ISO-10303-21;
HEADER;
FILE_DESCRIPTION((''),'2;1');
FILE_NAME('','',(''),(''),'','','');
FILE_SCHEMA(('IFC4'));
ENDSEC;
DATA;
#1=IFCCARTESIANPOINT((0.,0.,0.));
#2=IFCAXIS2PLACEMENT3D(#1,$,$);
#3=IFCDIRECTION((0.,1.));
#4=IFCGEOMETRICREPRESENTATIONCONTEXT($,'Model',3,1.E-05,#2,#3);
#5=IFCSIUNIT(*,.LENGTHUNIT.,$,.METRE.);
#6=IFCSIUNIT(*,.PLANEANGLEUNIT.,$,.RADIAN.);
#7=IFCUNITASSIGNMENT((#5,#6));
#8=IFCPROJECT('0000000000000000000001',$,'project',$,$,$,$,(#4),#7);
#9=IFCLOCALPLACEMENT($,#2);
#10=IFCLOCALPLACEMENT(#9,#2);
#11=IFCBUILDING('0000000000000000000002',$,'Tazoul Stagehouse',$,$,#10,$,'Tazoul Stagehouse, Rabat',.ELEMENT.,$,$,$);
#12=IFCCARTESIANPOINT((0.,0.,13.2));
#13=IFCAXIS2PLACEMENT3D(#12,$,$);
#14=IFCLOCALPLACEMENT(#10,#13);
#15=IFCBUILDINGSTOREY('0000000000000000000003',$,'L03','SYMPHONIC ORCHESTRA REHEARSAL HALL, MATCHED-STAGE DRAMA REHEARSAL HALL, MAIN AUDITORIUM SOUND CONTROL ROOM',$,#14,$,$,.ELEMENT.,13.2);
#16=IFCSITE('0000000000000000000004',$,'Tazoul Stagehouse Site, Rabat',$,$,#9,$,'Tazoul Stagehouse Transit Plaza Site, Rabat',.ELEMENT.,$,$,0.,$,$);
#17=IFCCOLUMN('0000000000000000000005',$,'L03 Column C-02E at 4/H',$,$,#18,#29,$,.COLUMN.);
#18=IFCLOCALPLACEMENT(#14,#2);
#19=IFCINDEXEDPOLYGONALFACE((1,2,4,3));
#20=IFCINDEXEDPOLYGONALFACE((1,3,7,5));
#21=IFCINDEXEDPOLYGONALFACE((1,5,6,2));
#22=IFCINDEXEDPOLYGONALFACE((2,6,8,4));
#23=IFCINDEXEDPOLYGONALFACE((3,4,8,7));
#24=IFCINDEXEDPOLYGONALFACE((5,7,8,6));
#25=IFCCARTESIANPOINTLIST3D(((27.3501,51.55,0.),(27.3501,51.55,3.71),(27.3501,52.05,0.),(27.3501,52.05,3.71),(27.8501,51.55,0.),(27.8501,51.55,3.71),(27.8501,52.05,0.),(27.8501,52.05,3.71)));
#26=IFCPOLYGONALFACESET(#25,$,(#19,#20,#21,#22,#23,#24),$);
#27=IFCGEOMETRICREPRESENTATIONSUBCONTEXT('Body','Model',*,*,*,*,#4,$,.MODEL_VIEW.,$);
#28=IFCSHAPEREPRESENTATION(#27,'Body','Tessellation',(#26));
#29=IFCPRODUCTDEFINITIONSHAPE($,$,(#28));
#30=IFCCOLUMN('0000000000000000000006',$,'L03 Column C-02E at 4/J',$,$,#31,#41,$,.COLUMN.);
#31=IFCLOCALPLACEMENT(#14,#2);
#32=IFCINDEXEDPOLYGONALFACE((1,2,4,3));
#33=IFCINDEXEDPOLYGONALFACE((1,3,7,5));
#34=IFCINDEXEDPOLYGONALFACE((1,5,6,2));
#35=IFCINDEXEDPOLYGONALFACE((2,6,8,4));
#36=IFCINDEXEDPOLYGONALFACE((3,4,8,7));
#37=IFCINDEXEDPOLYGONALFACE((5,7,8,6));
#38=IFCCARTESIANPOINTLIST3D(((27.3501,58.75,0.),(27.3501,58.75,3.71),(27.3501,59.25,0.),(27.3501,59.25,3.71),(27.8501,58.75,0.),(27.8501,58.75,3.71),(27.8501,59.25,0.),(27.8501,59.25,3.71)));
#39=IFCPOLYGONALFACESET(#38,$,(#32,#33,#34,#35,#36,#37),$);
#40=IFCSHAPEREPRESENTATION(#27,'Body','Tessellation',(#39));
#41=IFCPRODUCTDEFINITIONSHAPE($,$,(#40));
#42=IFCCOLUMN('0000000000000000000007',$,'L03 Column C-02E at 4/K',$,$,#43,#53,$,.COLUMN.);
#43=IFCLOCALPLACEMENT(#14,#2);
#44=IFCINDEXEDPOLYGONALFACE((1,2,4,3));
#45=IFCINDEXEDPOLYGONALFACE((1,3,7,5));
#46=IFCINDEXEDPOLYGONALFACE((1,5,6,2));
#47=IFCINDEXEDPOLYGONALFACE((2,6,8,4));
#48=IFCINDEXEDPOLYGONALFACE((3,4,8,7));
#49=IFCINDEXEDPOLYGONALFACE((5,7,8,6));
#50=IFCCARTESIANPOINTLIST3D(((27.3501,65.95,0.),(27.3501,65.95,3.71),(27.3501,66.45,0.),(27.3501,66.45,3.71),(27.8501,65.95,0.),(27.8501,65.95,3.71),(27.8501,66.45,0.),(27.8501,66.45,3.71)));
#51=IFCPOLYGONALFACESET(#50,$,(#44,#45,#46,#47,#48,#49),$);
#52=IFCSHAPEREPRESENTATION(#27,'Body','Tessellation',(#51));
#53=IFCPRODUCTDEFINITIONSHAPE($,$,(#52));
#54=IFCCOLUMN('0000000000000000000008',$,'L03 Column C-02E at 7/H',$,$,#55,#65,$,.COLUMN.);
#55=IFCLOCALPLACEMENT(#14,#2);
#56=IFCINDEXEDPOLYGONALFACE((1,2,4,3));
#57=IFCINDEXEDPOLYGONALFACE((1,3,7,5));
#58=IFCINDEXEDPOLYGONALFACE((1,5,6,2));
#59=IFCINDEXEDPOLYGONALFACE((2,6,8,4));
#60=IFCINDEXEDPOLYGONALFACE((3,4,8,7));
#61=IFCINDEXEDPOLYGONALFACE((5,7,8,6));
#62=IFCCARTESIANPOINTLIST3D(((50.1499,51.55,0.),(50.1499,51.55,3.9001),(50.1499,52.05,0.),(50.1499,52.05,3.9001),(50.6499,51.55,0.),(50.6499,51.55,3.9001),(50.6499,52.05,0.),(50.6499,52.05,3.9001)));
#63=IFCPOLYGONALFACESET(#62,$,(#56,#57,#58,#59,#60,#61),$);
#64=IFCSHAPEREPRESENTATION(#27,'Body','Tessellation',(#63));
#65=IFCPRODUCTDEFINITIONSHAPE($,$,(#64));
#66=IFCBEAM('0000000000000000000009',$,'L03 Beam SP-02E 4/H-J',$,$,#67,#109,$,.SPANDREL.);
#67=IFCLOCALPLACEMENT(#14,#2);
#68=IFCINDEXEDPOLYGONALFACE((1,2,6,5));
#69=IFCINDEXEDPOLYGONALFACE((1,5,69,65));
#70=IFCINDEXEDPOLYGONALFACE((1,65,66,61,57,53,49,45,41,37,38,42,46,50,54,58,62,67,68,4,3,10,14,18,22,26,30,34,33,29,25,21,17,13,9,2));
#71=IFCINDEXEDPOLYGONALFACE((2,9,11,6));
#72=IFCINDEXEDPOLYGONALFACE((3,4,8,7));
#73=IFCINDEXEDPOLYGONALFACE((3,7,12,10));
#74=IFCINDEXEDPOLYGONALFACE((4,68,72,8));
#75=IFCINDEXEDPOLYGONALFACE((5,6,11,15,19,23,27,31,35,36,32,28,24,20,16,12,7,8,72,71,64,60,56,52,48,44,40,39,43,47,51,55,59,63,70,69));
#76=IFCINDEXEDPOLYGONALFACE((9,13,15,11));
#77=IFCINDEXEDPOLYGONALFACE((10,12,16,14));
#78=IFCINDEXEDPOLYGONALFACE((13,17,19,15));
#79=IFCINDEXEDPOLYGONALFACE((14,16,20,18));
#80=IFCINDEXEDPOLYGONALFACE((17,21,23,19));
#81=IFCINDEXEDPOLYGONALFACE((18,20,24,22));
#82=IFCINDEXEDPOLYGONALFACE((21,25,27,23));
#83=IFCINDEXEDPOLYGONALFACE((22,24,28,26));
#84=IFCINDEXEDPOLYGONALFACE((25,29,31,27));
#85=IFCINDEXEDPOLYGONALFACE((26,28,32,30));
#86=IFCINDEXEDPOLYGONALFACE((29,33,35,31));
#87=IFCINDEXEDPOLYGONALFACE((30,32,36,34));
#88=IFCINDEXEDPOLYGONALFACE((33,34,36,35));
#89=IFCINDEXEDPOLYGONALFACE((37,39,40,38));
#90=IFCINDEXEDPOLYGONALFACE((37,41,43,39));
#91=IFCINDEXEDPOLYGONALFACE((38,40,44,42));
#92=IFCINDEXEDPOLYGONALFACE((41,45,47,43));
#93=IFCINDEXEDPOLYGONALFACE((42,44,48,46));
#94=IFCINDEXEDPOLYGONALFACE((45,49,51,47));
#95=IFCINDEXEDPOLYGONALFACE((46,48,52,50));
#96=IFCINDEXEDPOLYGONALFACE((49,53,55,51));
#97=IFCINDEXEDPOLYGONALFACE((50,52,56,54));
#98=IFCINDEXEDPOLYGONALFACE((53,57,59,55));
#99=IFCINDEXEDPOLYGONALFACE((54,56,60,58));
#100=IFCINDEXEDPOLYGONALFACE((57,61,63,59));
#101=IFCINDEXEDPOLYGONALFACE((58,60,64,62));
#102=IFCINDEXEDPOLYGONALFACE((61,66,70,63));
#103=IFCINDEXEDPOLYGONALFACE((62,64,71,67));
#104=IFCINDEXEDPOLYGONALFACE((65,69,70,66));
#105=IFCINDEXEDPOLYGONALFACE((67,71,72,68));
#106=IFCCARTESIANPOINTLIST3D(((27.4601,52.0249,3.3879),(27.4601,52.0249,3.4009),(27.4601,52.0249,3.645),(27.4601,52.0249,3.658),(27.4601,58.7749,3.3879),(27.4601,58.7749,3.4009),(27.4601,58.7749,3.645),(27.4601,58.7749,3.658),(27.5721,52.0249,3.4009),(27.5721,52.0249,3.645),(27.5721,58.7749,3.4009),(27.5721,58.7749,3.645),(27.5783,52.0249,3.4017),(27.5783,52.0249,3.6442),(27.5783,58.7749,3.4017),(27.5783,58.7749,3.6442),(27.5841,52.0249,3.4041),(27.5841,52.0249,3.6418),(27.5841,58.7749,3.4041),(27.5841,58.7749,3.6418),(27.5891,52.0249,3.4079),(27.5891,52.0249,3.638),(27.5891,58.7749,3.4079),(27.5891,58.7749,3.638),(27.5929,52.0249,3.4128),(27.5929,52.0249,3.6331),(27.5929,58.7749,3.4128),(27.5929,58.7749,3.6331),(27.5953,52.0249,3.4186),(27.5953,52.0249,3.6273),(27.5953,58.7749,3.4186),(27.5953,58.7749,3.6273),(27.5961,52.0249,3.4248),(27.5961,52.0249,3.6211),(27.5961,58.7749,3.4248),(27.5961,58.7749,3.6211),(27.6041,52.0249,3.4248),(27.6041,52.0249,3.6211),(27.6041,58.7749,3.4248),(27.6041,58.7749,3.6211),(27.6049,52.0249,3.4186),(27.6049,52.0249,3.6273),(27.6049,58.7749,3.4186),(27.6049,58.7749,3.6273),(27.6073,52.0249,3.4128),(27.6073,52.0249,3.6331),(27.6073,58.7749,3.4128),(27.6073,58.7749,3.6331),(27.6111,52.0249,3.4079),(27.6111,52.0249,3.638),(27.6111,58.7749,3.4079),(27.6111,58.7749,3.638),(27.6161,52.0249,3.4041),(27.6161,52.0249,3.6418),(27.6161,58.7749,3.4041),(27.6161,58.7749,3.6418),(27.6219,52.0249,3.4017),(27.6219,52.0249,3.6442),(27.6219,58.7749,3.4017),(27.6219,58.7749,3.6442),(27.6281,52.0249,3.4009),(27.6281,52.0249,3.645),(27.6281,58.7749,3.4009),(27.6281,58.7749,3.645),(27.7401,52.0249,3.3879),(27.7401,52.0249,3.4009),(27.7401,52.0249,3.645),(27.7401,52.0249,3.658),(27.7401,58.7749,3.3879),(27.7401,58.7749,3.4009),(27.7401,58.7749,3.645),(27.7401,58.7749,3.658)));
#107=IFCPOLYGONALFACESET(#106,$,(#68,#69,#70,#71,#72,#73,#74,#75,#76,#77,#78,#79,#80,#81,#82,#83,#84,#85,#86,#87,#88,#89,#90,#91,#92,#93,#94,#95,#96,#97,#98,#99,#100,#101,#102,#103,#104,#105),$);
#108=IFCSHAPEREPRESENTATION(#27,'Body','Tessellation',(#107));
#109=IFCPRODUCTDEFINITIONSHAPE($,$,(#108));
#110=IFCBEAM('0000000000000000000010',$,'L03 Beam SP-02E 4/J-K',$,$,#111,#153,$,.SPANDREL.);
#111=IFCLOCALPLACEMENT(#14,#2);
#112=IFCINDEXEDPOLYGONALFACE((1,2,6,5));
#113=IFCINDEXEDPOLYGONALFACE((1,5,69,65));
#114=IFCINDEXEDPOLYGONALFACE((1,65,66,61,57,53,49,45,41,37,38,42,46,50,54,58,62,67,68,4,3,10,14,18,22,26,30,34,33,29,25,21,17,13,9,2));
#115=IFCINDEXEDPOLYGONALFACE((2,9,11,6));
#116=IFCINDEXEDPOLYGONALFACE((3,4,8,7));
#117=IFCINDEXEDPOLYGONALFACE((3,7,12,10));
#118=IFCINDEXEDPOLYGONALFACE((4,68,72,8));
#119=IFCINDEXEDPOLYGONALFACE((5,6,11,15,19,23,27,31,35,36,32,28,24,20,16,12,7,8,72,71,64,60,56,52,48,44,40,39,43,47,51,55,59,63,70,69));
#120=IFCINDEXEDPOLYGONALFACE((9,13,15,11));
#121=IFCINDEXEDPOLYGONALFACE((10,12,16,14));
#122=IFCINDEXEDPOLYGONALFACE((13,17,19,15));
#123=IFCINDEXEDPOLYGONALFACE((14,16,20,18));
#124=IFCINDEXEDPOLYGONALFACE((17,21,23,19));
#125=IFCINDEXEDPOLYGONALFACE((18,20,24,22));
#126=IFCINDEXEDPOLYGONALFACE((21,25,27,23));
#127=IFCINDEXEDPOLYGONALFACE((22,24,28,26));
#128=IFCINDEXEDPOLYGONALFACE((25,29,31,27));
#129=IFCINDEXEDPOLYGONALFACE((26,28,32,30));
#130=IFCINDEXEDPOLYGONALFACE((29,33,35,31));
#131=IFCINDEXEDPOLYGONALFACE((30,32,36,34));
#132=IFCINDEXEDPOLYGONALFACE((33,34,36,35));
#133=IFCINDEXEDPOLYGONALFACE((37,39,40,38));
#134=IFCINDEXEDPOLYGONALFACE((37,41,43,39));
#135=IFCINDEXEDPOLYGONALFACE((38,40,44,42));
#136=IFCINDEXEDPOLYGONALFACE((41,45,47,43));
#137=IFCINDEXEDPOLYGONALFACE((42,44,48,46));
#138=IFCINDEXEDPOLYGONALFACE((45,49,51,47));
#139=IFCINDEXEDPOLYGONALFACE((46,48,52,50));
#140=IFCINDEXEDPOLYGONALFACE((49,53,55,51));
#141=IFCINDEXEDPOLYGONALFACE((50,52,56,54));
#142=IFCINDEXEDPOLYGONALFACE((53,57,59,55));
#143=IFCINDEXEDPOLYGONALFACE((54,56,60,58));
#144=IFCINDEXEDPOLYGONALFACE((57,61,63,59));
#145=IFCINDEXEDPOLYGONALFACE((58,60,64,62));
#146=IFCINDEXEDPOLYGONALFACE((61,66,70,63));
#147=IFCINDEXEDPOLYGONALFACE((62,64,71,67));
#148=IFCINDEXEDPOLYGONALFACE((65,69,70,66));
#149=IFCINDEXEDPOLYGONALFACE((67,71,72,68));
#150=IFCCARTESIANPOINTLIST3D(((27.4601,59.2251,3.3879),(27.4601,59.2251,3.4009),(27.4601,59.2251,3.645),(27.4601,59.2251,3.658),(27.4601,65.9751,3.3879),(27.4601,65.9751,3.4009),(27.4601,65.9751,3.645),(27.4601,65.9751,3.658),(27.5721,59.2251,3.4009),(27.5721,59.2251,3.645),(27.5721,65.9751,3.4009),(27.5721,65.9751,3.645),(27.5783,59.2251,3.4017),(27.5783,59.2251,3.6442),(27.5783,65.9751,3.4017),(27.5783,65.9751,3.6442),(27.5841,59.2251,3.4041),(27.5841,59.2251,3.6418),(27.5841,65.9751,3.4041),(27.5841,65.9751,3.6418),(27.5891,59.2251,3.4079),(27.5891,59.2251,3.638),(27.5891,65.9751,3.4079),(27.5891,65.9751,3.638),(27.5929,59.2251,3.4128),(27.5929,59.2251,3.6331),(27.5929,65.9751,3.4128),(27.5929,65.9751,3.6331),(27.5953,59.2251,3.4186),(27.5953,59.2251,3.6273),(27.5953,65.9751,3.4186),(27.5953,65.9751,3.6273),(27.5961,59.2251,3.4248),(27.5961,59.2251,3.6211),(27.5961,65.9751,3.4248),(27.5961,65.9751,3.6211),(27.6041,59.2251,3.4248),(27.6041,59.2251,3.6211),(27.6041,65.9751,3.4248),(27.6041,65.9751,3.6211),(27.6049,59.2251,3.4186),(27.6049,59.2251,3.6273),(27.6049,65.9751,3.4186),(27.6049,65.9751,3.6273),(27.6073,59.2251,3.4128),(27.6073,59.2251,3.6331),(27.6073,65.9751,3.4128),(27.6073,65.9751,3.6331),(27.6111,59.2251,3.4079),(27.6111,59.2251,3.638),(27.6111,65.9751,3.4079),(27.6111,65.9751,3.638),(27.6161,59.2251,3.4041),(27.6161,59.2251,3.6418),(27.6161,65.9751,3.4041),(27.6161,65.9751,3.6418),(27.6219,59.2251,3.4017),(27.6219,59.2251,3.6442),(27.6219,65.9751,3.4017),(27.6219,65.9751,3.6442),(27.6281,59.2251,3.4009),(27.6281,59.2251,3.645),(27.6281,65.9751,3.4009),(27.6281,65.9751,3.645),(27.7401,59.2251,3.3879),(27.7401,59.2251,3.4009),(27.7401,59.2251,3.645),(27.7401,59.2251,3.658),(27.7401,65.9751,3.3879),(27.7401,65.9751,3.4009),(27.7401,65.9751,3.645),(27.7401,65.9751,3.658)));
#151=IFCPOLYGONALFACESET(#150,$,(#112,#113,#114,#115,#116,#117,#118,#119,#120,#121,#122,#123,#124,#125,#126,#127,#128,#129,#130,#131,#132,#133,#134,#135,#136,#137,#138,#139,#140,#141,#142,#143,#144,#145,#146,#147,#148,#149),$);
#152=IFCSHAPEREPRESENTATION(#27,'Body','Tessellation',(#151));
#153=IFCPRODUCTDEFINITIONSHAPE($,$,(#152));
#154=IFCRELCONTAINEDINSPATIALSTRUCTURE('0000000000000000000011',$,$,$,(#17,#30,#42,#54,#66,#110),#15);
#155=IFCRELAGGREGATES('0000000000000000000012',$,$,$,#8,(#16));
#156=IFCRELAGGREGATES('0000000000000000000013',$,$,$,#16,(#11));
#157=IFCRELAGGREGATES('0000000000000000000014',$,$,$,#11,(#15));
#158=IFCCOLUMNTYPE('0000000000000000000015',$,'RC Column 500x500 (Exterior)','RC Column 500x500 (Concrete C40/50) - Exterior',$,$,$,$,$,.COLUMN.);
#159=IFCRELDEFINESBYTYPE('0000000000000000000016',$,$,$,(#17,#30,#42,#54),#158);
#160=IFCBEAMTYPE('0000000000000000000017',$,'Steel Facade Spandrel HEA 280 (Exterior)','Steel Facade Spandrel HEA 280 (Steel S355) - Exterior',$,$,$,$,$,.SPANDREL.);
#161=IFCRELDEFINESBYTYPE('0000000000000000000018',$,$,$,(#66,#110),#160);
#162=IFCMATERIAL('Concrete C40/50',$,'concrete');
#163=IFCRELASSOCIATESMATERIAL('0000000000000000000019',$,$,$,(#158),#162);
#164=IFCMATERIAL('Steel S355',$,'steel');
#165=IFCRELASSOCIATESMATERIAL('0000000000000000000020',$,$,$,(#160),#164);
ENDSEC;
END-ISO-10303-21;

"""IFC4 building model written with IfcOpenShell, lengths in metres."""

from ifc_helpers import new_model, si_unit, direction, frame, origin, origin_2d, place, context, subcontext, project, spatial, rectangle, i_section, extrude, material, material_profile, profile_set, type_object, element, save


model = new_model("IFC4")

# Units and contexts
model_context = context("Model", 3, precision=1e-05, world=origin(), true_north=direction((0.0, 1.0)))
body_context = subcontext(model_context, "Body", "Model", "MODEL_VIEW")
ifc_project = project(units=[si_unit("LENGTHUNIT", "METRE"), si_unit("PLANEANGLEUNIT", "RADIAN")], contexts=[model_context])

# Site, building, storey
site_placement = place(None, origin())
site = spatial("IfcSite", under=ifc_project, at=site_placement, Name="Tazoul Stagehouse Site, Rabat", LongName="Tazoul Stagehouse Transit Plaza Site, Rabat", CompositionType="ELEMENT", RefElevation=0.0)
building_placement = place(site_placement, origin())
building = spatial("IfcBuilding", under=site, at=building_placement, Name="Tazoul Stagehouse", LongName="Tazoul Stagehouse, Rabat", CompositionType="ELEMENT")
storey_placement = place(building_placement, frame((0.0, 0.0, 13.2)))
storey = spatial("IfcBuildingStorey", under=building, at=storey_placement, Name="L03", Description="SYMPHONIC ORCHESTRA REHEARSAL HALL, MATCHED-STAGE DRAMA REHEARSAL HALL, MAIN AUDITORIUM SOUND CONTROL ROOM", CompositionType="ELEMENT", Elevation=13.2)

# Columns
ifc_material_1 = material(Name="Concrete C40/50", Category="concrete")
ifc_material_profile_1 = material_profile(ifc_material_1, rectangle(XDim=0.5, YDim=0.5, at=origin_2d()), Name="RC 500x500")
ifc_profile_set_1 = profile_set([ifc_material_profile_1], Name="Concrete C40/50")
column_type = type_object("IfcColumnType", Name="RC Column 500x500 (Exterior)", Description="RC Column 500x500 (Concrete C40/50) - Exterior", PredefinedType="COLUMN", material=ifc_profile_set_1)
for number, where, z_axis, x_axis, name in (
    (1, (27.6001, 51.8, 0.0), (0.0, 0.0, 1.0), (1.0, 0.0, 0.0), "L03 Column C-02E at 4/H"),
    (2, (27.6001, 59.0, 0.0), (0.0, 0.0, 1.0), (1.0, 0.0, 0.0), "L03 Column C-02E at 4/J"),
    (3, (27.6001, 66.2, 0.0), (0.0, 0.0, 1.0), (1.0, 0.0, 0.0), "L03 Column C-02E at 4/K"),
):
    element("IfcColumn", number, at=place(storey_placement, frame(where, z_axis=z_axis, x_axis=x_axis)), inside=storey, type_object=column_type, Name=name, PredefinedType="COLUMN", context=body_context, shape_type="SweptSolid", body=[
        extrude(rectangle(XDim=0.5, YDim=0.5, at=origin_2d()), origin(), (0.0, 0.0, 1.0), 3.71),
    ])
column_placement = place(storey_placement, frame((50.3999, 51.8, 0.0), z_axis=(0.0, 0.0, 1.0), x_axis=(1.0, 0.0, 0.0)))
element("IfcColumn", 4, at=column_placement, inside=storey, type_object=column_type, Name="L03 Column C-02E at 7/H", PredefinedType="COLUMN", context=body_context, shape_type="SweptSolid", body=[
    extrude(rectangle(XDim=0.5, YDim=0.5, at=origin_2d()), origin(), (0.0, 0.0, 1.0), 3.9001),
])

# Beams
ifc_material_2 = material(Name="Steel S355", Category="steel")
ifc_material_profile_2 = material_profile(ifc_material_2, i_section(OverallWidth=0.28, OverallDepth=0.27, WebThickness=0.0081, FlangeThickness=0.0129, FilletRadius=0.0239, at=origin_2d()), Name="HEA 280")
ifc_profile_set_2 = profile_set([ifc_material_profile_2], Name="Steel S355")
beam_type = type_object("IfcBeamType", Name="Steel Facade Spandrel HEA 280 (Exterior)", Description="Steel Facade Spandrel HEA 280 (Steel S355) - Exterior", PredefinedType="SPANDREL", material=ifc_profile_set_2)
for number, where, z_axis, x_axis, name in (
    (5, (27.6001, 52.0249, 3.5229), (0.0, 1.0, 0.0), (-1.0, 0.0, 0.0), "L03 Beam SP-02E 4/H-J"),
    (6, (27.6001, 59.2251, 3.5229), (0.0, 1.0, 0.0), (-1.0, 0.0, 0.0), "L03 Beam SP-02E 4/J-K"),
):
    element("IfcBeam", number, at=place(storey_placement, frame(where, z_axis=z_axis, x_axis=x_axis)), inside=storey, type_object=beam_type, Name=name, PredefinedType="SPANDREL", context=body_context, shape_type="SweptSolid", body=[
        extrude(i_section(OverallWidth=0.28, OverallDepth=0.27, WebThickness=0.0081, FlangeThickness=0.0129, FilletRadius=0.0239, at=origin_2d()), origin(), (0.0, 0.0, 1.0), 6.75),
    ])

save(model, "model.ifc")
